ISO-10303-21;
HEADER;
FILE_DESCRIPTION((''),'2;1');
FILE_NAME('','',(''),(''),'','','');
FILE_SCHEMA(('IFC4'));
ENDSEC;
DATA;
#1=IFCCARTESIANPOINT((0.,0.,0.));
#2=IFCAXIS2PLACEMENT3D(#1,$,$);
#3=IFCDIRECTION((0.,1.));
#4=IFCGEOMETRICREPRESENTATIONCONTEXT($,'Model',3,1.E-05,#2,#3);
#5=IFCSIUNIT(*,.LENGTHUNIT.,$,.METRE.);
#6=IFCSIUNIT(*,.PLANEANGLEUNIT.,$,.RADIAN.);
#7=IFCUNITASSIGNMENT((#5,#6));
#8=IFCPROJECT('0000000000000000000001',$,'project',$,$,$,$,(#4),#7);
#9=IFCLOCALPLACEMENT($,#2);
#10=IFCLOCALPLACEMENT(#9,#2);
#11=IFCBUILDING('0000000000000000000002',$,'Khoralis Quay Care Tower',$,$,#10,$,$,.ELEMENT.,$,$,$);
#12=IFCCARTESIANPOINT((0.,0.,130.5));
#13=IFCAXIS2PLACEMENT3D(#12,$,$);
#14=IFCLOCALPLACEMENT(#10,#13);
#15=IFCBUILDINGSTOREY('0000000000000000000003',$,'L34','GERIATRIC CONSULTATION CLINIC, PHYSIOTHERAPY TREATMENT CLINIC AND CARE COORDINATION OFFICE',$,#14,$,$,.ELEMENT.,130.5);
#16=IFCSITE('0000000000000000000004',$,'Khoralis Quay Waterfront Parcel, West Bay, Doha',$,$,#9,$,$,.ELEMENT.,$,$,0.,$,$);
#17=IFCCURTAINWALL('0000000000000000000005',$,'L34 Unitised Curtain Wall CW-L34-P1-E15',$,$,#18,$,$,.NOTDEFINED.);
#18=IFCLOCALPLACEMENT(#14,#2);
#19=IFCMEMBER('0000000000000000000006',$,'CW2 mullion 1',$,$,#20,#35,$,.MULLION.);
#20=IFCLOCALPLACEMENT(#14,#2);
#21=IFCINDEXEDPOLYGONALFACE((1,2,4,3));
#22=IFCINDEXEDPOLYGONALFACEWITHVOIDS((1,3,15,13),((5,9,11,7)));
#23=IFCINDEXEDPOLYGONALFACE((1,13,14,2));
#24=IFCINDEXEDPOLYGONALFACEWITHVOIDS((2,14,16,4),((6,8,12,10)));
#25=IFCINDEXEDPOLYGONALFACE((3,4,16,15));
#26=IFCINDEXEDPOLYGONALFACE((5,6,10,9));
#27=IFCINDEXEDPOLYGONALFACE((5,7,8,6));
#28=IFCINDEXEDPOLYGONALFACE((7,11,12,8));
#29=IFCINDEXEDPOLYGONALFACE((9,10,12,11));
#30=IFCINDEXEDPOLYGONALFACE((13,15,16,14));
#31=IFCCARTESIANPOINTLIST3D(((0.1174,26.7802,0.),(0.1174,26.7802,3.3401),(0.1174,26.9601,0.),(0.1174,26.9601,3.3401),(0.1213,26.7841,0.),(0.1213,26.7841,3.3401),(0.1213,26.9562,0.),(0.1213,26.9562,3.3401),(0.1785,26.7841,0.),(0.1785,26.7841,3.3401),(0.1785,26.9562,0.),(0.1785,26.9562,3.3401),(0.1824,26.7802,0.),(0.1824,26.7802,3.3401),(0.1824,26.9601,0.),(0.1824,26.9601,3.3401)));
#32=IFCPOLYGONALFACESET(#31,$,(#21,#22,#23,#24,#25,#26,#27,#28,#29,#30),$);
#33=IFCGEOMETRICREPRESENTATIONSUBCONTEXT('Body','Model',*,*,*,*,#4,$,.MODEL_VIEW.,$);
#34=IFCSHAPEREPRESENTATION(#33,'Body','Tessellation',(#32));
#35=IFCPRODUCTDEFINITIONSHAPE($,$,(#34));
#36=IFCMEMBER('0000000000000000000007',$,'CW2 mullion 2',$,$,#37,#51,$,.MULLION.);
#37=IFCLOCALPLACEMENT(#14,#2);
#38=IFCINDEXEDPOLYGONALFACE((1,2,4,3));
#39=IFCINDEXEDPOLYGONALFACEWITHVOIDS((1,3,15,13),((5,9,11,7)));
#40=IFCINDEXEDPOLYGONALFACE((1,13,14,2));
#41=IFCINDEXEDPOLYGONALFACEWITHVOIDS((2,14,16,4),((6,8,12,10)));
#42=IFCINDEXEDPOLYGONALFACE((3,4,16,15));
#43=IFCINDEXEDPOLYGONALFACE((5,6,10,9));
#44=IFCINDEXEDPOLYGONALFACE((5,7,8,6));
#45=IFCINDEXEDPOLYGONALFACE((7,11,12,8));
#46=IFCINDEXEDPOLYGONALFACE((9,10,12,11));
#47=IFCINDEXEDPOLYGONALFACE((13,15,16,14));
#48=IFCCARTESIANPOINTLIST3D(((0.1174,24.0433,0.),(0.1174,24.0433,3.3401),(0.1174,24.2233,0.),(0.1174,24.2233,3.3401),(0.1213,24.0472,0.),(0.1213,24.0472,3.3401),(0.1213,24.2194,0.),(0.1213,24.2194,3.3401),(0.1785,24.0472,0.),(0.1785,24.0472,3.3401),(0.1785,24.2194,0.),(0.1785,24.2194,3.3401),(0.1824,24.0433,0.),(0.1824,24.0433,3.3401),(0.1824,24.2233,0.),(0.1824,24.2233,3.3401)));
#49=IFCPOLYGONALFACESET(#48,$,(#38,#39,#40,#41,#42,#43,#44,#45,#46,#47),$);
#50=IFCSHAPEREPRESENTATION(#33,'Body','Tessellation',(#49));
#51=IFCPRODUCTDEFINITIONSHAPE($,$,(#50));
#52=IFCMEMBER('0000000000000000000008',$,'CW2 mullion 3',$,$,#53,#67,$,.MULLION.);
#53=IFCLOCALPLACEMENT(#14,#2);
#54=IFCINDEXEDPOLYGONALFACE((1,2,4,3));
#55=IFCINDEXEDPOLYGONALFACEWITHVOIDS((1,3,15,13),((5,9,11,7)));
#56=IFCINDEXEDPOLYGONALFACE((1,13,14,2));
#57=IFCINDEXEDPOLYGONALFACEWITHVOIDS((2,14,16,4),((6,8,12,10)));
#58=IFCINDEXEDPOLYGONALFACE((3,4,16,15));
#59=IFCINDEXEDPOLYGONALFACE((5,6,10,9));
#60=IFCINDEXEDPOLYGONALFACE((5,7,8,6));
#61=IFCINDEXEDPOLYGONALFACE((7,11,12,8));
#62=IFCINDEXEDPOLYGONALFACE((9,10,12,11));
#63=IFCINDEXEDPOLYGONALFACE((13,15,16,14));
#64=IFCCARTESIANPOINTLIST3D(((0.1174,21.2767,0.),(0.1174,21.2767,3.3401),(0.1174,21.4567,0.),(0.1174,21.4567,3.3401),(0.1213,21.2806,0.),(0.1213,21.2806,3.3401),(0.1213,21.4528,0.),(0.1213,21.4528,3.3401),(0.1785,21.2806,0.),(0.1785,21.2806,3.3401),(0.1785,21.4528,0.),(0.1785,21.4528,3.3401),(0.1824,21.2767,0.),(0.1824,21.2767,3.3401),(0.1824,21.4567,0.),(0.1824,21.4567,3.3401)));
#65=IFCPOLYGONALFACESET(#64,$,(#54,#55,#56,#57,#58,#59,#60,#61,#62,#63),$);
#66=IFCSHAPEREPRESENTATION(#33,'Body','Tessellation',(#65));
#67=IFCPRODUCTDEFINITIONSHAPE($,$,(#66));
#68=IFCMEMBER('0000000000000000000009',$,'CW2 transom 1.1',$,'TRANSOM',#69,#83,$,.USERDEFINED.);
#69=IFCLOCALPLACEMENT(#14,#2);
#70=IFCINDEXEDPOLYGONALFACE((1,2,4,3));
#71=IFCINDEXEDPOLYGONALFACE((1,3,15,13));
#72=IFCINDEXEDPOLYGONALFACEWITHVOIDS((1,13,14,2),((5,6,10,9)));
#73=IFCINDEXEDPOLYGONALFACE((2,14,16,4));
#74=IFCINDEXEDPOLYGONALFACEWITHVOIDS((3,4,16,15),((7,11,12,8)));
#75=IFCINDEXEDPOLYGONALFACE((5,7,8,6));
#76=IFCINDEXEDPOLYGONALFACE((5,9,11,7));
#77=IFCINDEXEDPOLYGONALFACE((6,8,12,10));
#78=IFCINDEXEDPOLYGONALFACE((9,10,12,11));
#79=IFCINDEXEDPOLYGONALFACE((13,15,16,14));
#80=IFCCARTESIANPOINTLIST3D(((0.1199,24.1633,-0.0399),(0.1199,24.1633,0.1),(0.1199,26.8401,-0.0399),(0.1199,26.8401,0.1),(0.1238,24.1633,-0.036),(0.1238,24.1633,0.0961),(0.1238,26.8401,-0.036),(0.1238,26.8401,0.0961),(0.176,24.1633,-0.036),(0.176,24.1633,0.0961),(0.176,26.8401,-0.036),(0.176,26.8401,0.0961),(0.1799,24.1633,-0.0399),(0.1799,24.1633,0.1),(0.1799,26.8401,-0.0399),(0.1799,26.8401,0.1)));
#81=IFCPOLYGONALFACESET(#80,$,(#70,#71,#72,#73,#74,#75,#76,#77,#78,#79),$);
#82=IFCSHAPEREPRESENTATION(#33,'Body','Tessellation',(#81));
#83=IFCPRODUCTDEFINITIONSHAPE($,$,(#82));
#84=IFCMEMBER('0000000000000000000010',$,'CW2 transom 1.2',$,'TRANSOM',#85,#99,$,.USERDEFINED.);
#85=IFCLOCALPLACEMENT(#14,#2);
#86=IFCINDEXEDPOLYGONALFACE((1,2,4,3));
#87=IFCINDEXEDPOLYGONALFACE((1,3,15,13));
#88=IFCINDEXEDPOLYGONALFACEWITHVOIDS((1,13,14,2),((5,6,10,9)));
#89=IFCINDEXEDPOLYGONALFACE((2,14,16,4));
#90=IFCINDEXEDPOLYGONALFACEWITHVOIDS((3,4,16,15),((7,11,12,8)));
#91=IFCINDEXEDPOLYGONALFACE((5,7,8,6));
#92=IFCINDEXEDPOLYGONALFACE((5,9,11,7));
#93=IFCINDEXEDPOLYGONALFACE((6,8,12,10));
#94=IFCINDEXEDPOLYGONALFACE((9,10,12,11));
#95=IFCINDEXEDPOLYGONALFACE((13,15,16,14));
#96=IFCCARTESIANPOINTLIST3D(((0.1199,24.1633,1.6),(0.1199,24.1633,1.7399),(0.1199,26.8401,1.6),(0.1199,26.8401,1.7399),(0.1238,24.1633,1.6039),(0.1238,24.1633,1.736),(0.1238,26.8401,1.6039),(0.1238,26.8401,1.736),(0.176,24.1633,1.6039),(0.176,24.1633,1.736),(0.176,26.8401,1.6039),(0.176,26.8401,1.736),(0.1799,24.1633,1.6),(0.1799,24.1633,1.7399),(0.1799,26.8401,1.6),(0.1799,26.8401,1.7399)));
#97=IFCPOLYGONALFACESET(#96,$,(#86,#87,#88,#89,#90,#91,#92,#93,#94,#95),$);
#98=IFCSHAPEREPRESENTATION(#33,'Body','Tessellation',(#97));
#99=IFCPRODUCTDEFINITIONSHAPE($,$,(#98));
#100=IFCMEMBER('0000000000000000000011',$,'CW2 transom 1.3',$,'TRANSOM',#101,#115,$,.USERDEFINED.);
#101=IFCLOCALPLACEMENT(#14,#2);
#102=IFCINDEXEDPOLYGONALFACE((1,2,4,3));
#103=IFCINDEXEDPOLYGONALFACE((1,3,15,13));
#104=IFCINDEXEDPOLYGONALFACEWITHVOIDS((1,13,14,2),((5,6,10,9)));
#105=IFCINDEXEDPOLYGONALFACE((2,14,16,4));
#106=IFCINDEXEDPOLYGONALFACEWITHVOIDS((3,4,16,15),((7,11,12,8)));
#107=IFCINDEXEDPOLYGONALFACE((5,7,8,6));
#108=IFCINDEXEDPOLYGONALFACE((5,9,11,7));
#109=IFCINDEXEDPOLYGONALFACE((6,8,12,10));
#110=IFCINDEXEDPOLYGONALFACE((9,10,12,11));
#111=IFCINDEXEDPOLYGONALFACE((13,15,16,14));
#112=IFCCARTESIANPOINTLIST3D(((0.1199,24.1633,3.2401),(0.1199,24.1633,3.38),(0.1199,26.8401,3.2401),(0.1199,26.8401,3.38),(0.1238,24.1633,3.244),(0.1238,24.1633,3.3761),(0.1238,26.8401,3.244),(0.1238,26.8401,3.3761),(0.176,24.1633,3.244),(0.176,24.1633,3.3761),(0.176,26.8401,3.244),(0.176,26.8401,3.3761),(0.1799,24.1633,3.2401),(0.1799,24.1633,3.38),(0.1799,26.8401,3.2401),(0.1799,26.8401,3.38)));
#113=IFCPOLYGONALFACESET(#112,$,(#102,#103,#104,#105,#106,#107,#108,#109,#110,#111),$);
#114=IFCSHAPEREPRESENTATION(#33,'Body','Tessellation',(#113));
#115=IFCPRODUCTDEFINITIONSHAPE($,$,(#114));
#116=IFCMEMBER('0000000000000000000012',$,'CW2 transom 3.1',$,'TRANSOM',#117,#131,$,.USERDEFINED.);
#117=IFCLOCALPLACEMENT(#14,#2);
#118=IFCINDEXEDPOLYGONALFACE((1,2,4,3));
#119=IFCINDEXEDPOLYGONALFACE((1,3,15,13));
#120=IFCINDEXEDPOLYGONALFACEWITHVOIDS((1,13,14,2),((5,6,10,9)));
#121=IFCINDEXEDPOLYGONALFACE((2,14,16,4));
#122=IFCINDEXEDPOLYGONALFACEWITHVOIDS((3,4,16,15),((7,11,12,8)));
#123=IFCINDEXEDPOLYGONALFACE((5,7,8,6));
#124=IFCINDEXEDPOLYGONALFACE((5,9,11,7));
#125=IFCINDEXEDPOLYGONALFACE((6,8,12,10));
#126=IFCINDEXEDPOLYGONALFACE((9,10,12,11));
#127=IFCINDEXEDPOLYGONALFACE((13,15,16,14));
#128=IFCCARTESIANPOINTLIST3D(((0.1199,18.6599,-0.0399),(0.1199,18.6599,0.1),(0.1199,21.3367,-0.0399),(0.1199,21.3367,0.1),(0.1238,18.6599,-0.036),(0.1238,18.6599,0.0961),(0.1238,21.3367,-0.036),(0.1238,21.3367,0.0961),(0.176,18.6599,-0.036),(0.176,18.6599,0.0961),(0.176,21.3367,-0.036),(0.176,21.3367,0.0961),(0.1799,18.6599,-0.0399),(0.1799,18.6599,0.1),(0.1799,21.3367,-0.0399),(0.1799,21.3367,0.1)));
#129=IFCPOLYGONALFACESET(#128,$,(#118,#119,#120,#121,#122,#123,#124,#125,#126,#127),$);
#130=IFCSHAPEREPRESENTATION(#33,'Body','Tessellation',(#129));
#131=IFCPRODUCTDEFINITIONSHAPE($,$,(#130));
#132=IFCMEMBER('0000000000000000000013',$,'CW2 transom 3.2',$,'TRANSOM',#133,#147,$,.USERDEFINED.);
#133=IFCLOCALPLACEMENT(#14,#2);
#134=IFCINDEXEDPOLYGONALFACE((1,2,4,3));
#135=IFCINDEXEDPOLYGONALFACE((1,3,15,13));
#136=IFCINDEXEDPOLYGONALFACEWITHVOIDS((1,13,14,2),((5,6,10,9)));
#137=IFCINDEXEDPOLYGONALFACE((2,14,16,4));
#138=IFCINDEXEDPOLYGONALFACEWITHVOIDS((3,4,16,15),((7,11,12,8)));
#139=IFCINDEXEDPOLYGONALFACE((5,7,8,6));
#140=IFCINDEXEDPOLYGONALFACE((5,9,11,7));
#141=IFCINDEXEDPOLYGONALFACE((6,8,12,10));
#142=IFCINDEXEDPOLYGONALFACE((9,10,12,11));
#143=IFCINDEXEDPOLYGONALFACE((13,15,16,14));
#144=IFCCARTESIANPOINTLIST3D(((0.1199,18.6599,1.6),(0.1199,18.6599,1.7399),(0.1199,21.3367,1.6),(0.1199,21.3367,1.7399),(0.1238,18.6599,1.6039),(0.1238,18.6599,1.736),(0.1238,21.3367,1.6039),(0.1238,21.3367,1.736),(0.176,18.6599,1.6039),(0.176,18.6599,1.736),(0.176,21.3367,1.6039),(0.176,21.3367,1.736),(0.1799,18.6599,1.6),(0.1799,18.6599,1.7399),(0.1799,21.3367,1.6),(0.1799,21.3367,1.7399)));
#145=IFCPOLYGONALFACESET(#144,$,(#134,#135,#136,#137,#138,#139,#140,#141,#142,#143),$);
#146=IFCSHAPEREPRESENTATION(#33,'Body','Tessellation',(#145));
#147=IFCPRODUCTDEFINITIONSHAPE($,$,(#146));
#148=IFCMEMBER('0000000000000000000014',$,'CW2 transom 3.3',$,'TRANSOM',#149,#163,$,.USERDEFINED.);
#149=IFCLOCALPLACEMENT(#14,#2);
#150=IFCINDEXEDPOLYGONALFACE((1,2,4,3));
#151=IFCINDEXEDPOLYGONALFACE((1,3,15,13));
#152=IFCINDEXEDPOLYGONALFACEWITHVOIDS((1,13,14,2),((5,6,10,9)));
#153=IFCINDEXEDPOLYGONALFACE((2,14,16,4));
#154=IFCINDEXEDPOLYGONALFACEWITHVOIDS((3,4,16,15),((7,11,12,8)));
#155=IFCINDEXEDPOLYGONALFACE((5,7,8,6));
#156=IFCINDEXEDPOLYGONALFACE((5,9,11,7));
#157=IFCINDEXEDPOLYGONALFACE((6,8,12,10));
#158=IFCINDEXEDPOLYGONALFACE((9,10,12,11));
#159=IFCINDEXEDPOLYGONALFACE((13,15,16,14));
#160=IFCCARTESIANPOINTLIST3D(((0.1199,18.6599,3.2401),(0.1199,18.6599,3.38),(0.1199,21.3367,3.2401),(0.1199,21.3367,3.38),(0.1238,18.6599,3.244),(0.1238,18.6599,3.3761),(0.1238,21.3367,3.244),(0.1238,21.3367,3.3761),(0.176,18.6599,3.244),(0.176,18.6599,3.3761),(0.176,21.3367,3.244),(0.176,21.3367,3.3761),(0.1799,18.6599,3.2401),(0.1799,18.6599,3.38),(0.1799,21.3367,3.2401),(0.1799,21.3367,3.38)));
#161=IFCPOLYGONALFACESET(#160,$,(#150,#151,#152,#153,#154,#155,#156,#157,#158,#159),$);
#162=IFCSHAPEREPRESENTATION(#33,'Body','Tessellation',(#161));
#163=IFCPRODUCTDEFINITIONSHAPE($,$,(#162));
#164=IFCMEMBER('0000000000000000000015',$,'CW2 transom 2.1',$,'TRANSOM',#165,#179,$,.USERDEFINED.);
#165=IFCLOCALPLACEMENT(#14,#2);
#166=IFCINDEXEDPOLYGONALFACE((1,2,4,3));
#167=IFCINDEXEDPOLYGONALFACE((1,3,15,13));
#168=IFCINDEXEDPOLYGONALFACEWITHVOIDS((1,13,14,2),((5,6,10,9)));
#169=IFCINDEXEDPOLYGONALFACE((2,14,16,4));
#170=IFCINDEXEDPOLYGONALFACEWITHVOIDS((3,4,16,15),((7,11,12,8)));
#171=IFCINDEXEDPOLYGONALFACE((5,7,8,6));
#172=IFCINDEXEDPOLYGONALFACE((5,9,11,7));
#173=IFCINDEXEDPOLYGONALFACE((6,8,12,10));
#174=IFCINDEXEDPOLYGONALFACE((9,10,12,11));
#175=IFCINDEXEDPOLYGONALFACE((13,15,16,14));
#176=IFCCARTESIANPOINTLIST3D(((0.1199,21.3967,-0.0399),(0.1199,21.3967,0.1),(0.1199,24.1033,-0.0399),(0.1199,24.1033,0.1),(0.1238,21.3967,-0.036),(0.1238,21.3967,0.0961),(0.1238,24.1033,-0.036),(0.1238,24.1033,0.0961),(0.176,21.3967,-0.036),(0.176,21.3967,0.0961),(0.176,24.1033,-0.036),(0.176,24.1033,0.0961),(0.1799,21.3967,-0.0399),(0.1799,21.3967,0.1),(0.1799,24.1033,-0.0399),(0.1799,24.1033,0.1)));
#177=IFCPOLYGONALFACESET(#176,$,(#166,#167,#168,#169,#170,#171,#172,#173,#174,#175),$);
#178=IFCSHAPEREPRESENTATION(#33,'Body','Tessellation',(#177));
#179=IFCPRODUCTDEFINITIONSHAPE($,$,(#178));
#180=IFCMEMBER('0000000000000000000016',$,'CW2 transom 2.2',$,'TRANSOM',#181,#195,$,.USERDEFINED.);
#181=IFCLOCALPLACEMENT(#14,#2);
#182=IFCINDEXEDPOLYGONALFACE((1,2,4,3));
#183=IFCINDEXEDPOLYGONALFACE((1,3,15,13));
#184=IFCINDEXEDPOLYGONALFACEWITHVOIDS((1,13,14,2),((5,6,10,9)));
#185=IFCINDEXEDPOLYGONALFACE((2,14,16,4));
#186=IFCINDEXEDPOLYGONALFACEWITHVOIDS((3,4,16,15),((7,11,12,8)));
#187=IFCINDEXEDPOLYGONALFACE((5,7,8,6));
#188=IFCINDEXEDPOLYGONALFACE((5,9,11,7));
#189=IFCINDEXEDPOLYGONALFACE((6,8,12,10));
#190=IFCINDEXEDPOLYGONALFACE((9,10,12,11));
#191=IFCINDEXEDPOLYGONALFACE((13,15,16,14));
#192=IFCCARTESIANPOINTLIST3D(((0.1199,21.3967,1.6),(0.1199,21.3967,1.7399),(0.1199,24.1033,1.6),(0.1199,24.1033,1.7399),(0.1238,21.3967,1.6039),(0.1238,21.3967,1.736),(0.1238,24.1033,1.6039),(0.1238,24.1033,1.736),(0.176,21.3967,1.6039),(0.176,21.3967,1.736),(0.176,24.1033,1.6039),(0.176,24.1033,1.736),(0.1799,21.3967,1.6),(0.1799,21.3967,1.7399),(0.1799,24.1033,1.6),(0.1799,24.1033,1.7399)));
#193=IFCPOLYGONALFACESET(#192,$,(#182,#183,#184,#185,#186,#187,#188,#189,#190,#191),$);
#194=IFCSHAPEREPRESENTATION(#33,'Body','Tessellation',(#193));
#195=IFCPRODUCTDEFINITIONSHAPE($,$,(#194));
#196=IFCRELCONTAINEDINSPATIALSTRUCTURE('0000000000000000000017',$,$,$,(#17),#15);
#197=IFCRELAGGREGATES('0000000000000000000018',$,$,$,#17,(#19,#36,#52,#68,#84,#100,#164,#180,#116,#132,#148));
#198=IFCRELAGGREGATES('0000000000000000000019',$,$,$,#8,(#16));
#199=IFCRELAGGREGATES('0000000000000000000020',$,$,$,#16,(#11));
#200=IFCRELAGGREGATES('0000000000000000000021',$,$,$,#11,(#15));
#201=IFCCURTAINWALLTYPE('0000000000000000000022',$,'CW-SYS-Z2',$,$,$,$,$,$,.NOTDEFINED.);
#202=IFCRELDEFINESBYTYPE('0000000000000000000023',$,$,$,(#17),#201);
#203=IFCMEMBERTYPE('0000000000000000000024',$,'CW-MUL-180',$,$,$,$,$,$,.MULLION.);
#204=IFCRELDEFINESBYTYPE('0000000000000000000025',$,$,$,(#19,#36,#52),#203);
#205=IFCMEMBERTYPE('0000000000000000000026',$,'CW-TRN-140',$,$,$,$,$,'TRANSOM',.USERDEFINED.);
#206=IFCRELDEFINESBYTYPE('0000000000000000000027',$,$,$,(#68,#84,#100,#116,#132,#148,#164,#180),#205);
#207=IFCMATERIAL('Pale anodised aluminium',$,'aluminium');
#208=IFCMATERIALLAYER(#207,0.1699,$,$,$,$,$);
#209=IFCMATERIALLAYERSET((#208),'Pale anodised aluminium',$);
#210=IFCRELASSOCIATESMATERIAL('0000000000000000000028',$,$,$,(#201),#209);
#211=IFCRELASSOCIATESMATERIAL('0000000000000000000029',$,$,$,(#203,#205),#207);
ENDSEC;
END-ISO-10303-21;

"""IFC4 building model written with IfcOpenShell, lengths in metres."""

from ifc_helpers import new_model, si_unit, direction, frame, origin, origin_2d, place, context, subcontext, project, spatial, hollow_rectangle, extrude, source, transform, mapped, material, layer, layer_set, material_profile, profile_set, type_object, element, aggregate, save


model = new_model("IFC4")

# Units and contexts
model_context = context("Model", 3, precision=1e-05, world=origin(), true_north=direction((0.0, 1.0)))
body_context = subcontext(model_context, "Body", "Model", "MODEL_VIEW")
ifc_project = project(units=[si_unit("LENGTHUNIT", "METRE"), si_unit("PLANEANGLEUNIT", "RADIAN")], contexts=[model_context])

# Site, building, storey
site_placement = place(None, origin())
site = spatial("IfcSite", under=ifc_project, at=site_placement, Name="Khoralis Quay Waterfront Parcel, West Bay, Doha", CompositionType="ELEMENT", RefElevation=0.0)
building_placement = place(site_placement, origin())
building = spatial("IfcBuilding", under=site, at=building_placement, Name="Khoralis Quay Care Tower", CompositionType="ELEMENT")
storey_placement = place(building_placement, frame((0.0, 0.0, 130.5)))
storey = spatial("IfcBuildingStorey", under=building, at=storey_placement, Name="L34", Description="GERIATRIC CONSULTATION CLINIC, PHYSIOTHERAPY TREATMENT CLINIC AND CARE COORDINATION OFFICE", CompositionType="ELEMENT", Elevation=130.5)

# Curtain wall, members
ifc_material_1 = material(Name="Pale anodised aluminium", Category="aluminium")
ifc_layer_1 = layer(ifc_material_1, 0.1699)
ifc_layer_set_1 = layer_set([ifc_layer_1], Name="Pale anodised aluminium")
curtain_wall_type = type_object("IfcCurtainWallType", Name="CW-SYS-Z2", PredefinedType="NOTDEFINED", material=ifc_layer_set_1)
curtain_wall_placement = place(storey_placement, origin())
curtain_wall = element("IfcCurtainWall", 1, at=curtain_wall_placement, inside=storey, type_object=curtain_wall_type, Name="L34 Unitised Curtain Wall CW-L34-P1-E15", PredefinedType="NOTDEFINED")
ifc_material_profile_1 = material_profile(ifc_material_1, hollow_rectangle(XDim=0.0649, YDim=0.1799, WallThickness=0.0039, at=origin_2d()), Name="Pale anodised aluminium")
ifc_profile_set_1 = profile_set([ifc_material_profile_1], Name="Pale anodised aluminium")
member_type_1 = type_object("IfcMemberType", Name="CW-MUL-180", PredefinedType="MULLION", material=ifc_profile_set_1)
shared_shape_1 = source(origin(), body_context, "Body", "SweptSolid", [
    extrude(hollow_rectangle(XDim=0.0649, YDim=0.1799, WallThickness=0.0039, at=origin_2d()), origin(), (0.0, 0.0, 1.0), 3.3401),
])
member_1_placement = place(storey_placement, frame((0.1499, 26.8701, 0.0), z_axis=(0.0, 0.0, 1.0), x_axis=(1.0, 0.0, 0.0)))
member_1 = element("IfcMember", 2, at=member_1_placement, type_object=member_type_1, Name="CW2 mullion 1", PredefinedType="MULLION", context=body_context, shape_type="MappedRepresentation", body=[
    mapped(shared_shape_1, transform((0.0, 0.0, 0.0), scale=1.0)),
])
member_2_placement = place(storey_placement, frame((0.1499, 24.1333, 0.0), z_axis=(0.0, 0.0, 1.0), x_axis=(1.0, 0.0, 0.0)))
member_2 = element("IfcMember", 3, at=member_2_placement, type_object=member_type_1, Name="CW2 mullion 2", PredefinedType="MULLION", context=body_context, shape_type="MappedRepresentation", body=[
    mapped(shared_shape_1, transform((0.0, 0.0, 0.0), scale=1.0)),
])
member_3_placement = place(storey_placement, frame((0.1499, 21.3667, 0.0), z_axis=(0.0, 0.0, 1.0), x_axis=(1.0, 0.0, 0.0)))
member_3 = element("IfcMember", 4, at=member_3_placement, type_object=member_type_1, Name="CW2 mullion 3", PredefinedType="MULLION", context=body_context, shape_type="MappedRepresentation", body=[
    mapped(shared_shape_1, transform((0.0, 0.0, 0.0), scale=1.0)),
])
ifc_material_profile_2 = material_profile(ifc_material_1, hollow_rectangle(XDim=0.0601, YDim=0.1399, WallThickness=0.0039, at=origin_2d()), Name="Pale anodised aluminium")
ifc_profile_set_2 = profile_set([ifc_material_profile_2], Name="Pale anodised aluminium")
member_type_2 = type_object("IfcMemberType", Name="CW-TRN-140", ElementType="TRANSOM", PredefinedType="USERDEFINED", material=ifc_profile_set_2)
shared_shape_2 = source(origin(), body_context, "Body", "SweptSolid", [
    extrude(hollow_rectangle(XDim=0.0601, YDim=0.1399, WallThickness=0.0039, at=origin_2d()), origin(), (0.0, 0.0, 1.0), 2.6768),
])
member_4_placement = place(storey_placement, frame((0.1499, 26.8401, 0.03), z_axis=(0.0, -1.0, 0.0), x_axis=(1.0, 0.0, 0.0)))
member_4 = element("IfcMember", 5, at=member_4_placement, type_object=member_type_2, Name="CW2 transom 1.1", ObjectType="TRANSOM", PredefinedType="USERDEFINED", context=body_context, shape_type="MappedRepresentation", body=[
    mapped(shared_shape_2, transform((0.0, 0.0, 0.0), scale=1.0)),
])
member_5_placement = place(storey_placement, frame((0.1499, 26.8401, 1.6699), z_axis=(0.0, -1.0, 0.0), x_axis=(1.0, 0.0, 0.0)))
member_5 = element("IfcMember", 6, at=member_5_placement, type_object=member_type_2, Name="CW2 transom 1.2", ObjectType="TRANSOM", PredefinedType="USERDEFINED", context=body_context, shape_type="MappedRepresentation", body=[
    mapped(shared_shape_2, transform((0.0, 0.0, 0.0), scale=1.0)),
])
member_6_placement = place(storey_placement, frame((0.1499, 26.8401, 3.3101), z_axis=(0.0, -1.0, 0.0), x_axis=(1.0, 0.0, 0.0)))
member_6 = element("IfcMember", 7, at=member_6_placement, type_object=member_type_2, Name="CW2 transom 1.3", ObjectType="TRANSOM", PredefinedType="USERDEFINED", context=body_context, shape_type="MappedRepresentation", body=[
    mapped(shared_shape_2, transform((0.0, 0.0, 0.0), scale=1.0)),
])
member_7_placement = place(storey_placement, frame((0.1499, 21.3367, 0.03), z_axis=(0.0, -1.0, 0.0), x_axis=(1.0, 0.0, 0.0)))
member_7 = element("IfcMember", 8, at=member_7_placement, type_object=member_type_2, Name="CW2 transom 3.1", ObjectType="TRANSOM", PredefinedType="USERDEFINED", context=body_context, shape_type="MappedRepresentation", body=[
    mapped(shared_shape_2, transform((0.0, 0.0, 0.0), scale=1.0)),
])
member_8_placement = place(storey_placement, frame((0.1499, 21.3367, 1.6699), z_axis=(0.0, -1.0, 0.0), x_axis=(1.0, 0.0, 0.0)))
member_8 = element("IfcMember", 9, at=member_8_placement, type_object=member_type_2, Name="CW2 transom 3.2", ObjectType="TRANSOM", PredefinedType="USERDEFINED", context=body_context, shape_type="MappedRepresentation", body=[
    mapped(shared_shape_2, transform((0.0, 0.0, 0.0), scale=1.0)),
])
member_9_placement = place(storey_placement, frame((0.1499, 21.3367, 3.3101), z_axis=(0.0, -1.0, 0.0), x_axis=(1.0, 0.0, 0.0)))
member_9 = element("IfcMember", 10, at=member_9_placement, type_object=member_type_2, Name="CW2 transom 3.3", ObjectType="TRANSOM", PredefinedType="USERDEFINED", context=body_context, shape_type="MappedRepresentation", body=[
    mapped(shared_shape_2, transform((0.0, 0.0, 0.0), scale=1.0)),
])
shared_shape_3 = source(origin(), body_context, "Body", "SweptSolid", [
    extrude(hollow_rectangle(XDim=0.0601, YDim=0.1399, WallThickness=0.0039, at=origin_2d()), origin(), (0.0, 0.0, 1.0), 2.7065),
])
member_10_placement = place(storey_placement, frame((0.1499, 24.1033, 0.03), z_axis=(0.0, -1.0, 0.0), x_axis=(1.0, 0.0, 0.0)))
member_10 = element("IfcMember", 11, at=member_10_placement, type_object=member_type_2, Name="CW2 transom 2.1", ObjectType="TRANSOM", PredefinedType="USERDEFINED", context=body_context, shape_type="MappedRepresentation", body=[
    mapped(shared_shape_3, transform((0.0, 0.0, 0.0), scale=1.0)),
])
member_11_placement = place(storey_placement, frame((0.1499, 24.1033, 1.6699), z_axis=(0.0, -1.0, 0.0), x_axis=(1.0, 0.0, 0.0)))
member_11 = element("IfcMember", 12, at=member_11_placement, type_object=member_type_2, Name="CW2 transom 2.2", ObjectType="TRANSOM", PredefinedType="USERDEFINED", context=body_context, shape_type="MappedRepresentation", body=[
    mapped(shared_shape_3, transform((0.0, 0.0, 0.0), scale=1.0)),
])
aggregate(curtain_wall, [member_1, member_2, member_3, member_4, member_5, member_6, member_10, member_11, member_7, member_8, member_9])

save(model, "model.ifc")
